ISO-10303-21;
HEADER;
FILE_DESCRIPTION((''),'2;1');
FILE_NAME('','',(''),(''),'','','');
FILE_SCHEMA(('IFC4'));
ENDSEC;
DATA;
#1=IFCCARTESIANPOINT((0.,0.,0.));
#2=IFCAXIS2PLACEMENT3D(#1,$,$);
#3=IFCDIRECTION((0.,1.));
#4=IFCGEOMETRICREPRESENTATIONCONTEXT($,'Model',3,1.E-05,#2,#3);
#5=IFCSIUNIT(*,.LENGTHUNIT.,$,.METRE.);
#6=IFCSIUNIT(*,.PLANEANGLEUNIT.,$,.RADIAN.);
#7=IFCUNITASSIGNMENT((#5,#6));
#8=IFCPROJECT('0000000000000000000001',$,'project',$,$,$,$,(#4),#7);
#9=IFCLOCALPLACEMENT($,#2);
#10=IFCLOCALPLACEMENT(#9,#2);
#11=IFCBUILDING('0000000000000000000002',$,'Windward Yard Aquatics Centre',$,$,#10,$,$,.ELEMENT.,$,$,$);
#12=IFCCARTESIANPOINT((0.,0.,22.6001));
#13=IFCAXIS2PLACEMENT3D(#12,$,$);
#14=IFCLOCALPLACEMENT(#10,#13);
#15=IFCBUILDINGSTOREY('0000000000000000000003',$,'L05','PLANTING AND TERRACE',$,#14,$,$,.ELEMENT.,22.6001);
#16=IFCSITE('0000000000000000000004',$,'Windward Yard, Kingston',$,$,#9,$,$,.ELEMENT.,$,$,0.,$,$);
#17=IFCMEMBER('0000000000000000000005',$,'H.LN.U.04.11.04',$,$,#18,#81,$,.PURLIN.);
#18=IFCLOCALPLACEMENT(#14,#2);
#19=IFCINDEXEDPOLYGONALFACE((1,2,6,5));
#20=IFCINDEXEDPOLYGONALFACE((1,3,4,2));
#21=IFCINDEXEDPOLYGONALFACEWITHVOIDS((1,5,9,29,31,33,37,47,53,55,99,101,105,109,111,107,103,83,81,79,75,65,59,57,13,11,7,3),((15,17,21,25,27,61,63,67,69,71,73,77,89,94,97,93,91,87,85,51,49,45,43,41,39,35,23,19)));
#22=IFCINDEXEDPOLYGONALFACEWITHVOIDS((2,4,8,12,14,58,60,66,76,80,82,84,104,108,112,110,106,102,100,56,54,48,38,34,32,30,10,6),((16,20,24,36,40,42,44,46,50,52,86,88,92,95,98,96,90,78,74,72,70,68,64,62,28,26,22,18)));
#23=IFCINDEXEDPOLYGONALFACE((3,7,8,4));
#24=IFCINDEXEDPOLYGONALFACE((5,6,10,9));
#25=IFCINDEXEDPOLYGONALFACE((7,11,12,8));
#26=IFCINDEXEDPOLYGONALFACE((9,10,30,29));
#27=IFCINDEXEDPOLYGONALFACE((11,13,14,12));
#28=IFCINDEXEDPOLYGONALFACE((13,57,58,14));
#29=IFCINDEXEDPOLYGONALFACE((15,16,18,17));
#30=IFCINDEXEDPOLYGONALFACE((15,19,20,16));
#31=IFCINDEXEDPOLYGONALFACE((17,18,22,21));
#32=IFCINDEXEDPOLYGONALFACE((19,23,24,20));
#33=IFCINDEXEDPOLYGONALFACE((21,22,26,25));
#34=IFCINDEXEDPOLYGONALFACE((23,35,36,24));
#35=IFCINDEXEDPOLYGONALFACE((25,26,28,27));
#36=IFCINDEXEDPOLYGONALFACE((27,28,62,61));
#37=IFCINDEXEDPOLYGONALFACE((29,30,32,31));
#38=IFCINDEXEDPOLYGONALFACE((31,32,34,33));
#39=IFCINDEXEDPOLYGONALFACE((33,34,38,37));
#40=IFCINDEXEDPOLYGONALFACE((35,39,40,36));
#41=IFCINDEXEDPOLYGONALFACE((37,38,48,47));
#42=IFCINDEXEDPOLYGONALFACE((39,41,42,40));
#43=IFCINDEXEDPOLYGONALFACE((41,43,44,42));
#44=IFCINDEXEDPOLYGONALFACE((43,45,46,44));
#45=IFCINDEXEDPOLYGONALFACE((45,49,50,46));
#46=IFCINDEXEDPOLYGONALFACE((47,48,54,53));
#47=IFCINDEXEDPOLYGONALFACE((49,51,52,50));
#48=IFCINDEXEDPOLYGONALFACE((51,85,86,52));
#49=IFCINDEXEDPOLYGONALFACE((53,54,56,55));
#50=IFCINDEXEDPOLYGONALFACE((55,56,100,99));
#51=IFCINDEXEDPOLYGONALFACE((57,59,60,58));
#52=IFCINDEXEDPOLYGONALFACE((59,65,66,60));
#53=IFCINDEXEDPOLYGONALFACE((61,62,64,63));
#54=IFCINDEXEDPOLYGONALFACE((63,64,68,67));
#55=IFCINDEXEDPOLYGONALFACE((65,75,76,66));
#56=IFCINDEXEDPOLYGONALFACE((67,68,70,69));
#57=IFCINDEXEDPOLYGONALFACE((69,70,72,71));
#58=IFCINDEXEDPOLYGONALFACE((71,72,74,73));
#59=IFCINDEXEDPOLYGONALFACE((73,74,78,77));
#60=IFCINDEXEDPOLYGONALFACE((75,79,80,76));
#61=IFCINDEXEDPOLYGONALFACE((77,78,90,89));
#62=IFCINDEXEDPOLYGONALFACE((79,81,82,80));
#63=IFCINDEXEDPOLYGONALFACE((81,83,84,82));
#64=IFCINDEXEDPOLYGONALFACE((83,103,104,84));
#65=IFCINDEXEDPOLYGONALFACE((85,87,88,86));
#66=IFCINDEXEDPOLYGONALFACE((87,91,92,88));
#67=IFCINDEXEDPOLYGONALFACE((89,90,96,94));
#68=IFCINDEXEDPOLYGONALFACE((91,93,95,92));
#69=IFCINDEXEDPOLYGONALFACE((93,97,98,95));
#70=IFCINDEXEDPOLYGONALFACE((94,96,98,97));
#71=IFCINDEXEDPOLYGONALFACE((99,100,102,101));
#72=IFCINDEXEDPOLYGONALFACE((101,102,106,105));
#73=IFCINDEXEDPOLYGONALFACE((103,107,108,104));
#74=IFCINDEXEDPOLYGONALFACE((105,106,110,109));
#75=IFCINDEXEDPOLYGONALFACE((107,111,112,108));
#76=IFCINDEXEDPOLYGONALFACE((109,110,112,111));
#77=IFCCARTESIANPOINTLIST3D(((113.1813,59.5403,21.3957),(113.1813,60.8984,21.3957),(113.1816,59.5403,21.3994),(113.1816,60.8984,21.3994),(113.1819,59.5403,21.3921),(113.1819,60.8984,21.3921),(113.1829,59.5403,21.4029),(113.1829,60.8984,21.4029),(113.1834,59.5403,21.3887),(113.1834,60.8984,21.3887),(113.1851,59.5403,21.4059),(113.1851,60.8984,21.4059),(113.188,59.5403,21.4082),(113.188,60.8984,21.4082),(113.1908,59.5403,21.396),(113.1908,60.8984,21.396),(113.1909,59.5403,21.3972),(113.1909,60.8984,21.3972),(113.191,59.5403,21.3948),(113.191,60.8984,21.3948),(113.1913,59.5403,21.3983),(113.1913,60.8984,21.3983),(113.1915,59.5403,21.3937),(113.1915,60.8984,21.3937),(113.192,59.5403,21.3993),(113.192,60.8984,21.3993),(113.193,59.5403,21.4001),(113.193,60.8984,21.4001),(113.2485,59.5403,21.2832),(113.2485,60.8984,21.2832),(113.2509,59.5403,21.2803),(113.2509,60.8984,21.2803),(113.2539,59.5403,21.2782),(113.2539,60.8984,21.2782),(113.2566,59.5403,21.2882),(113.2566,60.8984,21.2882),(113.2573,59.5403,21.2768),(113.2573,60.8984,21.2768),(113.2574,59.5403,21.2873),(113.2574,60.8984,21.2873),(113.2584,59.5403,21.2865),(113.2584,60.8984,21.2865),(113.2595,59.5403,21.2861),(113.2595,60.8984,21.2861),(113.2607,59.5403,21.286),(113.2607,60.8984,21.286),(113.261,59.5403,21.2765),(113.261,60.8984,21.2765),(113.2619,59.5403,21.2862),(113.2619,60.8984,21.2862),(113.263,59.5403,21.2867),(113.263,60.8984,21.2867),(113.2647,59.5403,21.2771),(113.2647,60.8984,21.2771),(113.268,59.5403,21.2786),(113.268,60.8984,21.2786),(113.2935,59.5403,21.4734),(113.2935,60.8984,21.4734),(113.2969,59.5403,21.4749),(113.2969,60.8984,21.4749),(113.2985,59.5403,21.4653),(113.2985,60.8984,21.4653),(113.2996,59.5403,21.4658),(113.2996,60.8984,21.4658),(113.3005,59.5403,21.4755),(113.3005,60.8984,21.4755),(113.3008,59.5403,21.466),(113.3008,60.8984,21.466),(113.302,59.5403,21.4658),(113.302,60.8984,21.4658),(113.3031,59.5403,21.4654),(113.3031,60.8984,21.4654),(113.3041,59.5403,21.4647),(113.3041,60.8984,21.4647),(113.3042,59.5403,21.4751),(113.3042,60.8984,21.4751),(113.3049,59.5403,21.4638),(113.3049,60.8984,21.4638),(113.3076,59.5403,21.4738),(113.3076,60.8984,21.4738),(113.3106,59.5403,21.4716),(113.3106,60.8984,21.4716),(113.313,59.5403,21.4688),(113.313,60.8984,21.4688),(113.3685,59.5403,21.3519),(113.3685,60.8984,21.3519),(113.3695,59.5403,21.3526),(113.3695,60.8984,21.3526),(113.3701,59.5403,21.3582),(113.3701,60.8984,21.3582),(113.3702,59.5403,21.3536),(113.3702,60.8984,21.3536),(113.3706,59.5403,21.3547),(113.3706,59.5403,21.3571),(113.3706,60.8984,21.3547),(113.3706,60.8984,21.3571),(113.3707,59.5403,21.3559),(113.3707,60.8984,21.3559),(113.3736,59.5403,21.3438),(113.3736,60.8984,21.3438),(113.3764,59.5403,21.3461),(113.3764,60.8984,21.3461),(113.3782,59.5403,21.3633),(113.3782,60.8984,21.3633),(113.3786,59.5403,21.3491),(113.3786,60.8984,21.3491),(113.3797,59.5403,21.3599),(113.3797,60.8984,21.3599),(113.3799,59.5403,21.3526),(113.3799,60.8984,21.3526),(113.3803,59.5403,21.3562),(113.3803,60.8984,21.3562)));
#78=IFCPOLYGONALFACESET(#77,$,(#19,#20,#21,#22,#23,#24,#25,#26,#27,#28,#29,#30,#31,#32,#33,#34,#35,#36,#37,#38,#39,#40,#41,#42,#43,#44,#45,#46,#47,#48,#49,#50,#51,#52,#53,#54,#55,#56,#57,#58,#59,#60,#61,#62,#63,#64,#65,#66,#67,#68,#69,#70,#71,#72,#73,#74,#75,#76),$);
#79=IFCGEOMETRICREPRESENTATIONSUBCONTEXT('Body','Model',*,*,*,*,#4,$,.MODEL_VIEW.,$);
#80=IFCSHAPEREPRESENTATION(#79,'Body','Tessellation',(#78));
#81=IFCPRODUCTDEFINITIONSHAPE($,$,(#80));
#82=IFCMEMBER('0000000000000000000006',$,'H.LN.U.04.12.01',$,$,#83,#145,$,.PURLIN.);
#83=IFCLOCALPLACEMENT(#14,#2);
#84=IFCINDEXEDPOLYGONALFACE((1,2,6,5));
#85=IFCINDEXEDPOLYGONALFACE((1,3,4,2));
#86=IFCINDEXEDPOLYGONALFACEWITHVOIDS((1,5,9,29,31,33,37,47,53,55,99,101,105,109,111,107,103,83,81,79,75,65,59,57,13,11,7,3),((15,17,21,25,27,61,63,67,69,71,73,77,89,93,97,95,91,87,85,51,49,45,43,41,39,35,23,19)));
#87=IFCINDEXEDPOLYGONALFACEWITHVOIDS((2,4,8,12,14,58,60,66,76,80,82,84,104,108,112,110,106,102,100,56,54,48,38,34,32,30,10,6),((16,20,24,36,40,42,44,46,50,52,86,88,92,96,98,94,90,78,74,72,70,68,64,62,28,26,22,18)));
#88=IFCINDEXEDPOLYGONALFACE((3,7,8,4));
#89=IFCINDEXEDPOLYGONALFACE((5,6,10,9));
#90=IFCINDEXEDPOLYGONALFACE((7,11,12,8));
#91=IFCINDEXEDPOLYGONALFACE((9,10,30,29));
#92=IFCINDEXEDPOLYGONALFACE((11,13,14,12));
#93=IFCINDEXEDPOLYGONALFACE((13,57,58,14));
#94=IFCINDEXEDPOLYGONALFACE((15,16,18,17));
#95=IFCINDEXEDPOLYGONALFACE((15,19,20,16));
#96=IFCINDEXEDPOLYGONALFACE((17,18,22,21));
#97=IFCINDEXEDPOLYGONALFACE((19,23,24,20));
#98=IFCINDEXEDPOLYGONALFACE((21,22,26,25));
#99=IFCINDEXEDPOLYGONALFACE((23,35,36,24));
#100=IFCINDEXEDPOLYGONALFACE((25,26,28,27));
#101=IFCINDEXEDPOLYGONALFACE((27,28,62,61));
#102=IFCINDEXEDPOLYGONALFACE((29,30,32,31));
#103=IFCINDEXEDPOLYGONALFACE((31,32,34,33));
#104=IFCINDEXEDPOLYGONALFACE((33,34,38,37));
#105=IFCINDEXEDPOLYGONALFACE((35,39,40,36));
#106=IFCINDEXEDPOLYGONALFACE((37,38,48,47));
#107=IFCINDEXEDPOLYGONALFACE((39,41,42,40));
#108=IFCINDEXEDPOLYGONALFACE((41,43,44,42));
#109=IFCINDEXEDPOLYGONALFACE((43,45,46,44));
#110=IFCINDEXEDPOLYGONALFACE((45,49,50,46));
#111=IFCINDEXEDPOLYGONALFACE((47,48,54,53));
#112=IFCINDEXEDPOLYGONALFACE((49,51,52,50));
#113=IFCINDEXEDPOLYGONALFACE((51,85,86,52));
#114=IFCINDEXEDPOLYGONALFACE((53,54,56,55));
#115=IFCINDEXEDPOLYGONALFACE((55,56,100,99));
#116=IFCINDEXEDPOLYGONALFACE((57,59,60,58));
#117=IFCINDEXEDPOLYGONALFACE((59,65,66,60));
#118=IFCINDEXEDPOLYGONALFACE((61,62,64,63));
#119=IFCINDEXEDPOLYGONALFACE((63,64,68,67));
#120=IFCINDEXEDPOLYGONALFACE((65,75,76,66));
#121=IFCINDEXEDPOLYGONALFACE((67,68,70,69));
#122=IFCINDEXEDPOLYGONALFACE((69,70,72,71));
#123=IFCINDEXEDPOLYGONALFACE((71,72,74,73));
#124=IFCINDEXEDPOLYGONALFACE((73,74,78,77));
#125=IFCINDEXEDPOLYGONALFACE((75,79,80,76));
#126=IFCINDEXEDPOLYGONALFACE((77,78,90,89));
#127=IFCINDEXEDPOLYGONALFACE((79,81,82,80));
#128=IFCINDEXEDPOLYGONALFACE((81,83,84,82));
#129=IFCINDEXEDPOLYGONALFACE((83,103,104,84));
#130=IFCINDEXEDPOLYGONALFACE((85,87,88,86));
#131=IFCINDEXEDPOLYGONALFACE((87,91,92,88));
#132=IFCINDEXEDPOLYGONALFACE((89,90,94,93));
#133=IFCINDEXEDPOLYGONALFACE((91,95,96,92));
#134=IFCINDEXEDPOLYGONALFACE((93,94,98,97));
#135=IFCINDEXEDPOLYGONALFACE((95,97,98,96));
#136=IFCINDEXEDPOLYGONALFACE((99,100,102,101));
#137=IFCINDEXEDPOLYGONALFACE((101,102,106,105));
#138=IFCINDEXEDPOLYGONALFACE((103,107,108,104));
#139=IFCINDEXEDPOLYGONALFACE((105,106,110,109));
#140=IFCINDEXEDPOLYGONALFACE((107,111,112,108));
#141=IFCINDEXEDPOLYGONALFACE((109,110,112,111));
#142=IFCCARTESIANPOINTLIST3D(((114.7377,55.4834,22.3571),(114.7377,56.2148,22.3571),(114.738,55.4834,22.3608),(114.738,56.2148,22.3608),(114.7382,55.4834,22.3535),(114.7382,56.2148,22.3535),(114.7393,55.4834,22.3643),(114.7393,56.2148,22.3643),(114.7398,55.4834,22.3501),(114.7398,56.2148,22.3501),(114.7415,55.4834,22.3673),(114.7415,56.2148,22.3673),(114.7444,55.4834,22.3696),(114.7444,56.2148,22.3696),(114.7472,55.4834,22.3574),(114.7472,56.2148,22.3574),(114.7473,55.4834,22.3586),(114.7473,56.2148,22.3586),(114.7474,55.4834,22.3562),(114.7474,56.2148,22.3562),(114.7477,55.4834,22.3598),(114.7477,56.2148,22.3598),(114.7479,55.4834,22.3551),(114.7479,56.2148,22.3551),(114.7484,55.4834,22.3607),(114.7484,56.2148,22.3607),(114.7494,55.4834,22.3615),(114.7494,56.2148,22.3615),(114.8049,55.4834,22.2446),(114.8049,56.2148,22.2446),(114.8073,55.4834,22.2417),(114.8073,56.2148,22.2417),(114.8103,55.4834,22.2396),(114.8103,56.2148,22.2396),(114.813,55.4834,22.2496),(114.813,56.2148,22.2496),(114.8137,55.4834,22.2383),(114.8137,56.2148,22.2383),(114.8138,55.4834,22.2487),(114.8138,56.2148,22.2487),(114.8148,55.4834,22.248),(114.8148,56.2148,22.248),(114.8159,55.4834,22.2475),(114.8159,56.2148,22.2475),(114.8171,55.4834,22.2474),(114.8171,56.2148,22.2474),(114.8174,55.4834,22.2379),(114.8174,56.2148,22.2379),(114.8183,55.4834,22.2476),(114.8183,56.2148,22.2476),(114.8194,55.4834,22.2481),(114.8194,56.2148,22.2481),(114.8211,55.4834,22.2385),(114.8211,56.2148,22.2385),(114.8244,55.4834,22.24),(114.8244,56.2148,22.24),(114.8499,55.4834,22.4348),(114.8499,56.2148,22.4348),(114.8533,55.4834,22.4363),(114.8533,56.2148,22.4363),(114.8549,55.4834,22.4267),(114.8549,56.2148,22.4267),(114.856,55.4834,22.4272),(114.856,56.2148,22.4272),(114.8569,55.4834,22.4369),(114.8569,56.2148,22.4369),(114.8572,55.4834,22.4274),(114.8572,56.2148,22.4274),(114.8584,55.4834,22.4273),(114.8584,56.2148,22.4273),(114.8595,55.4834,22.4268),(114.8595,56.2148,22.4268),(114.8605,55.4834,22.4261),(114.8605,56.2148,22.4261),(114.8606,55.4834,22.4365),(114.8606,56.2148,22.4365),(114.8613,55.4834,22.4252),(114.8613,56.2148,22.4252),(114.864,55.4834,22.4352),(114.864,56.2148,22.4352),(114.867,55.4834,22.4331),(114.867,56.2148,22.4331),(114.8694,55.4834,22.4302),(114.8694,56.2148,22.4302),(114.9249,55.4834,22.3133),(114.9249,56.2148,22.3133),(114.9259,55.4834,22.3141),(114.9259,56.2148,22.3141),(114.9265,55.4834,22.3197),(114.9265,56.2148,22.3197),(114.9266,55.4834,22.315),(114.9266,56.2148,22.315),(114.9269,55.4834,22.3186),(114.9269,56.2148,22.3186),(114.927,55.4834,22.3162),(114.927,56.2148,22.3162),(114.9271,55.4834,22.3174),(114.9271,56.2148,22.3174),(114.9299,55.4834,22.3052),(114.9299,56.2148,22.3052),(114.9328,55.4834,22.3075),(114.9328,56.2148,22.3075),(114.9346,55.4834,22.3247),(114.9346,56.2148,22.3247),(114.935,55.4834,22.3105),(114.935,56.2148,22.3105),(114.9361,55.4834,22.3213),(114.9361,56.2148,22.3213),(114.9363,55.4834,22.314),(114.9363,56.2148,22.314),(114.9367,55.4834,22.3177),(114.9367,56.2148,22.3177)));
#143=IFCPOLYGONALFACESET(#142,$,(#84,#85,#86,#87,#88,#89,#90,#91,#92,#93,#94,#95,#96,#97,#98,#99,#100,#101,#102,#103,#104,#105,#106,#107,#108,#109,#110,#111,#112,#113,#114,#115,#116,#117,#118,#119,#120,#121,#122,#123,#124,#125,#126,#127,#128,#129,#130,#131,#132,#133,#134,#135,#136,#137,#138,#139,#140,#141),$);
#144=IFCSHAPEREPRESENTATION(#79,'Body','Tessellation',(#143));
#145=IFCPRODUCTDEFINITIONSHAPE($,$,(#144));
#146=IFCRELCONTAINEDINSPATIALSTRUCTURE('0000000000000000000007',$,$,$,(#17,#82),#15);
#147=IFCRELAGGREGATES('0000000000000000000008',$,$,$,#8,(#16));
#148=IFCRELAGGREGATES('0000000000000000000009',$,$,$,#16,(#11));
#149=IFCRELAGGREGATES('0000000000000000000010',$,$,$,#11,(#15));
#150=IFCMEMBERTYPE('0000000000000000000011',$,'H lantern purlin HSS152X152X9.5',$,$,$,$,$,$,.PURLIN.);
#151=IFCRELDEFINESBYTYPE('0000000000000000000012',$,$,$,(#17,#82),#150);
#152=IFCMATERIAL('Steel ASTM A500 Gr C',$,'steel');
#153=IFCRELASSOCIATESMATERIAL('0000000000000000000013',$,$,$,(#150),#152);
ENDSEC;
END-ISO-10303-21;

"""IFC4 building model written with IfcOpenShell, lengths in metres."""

from ifc_helpers import new_model, si_unit, direction, frame, origin, origin_2d, place, context, subcontext, project, spatial, hollow_rectangle, extrude, material, material_profile, profile_set, type_object, element, save


model = new_model("IFC4")

# Units and contexts
model_context = context("Model", 3, precision=1e-05, world=origin(), true_north=direction((0.0, 1.0)))
body_context = subcontext(model_context, "Body", "Model", "MODEL_VIEW")
ifc_project = project(units=[si_unit("LENGTHUNIT", "METRE"), si_unit("PLANEANGLEUNIT", "RADIAN")], contexts=[model_context])

# Site, building, storey
site_placement = place(None, origin())
site = spatial("IfcSite", under=ifc_project, at=site_placement, Name="Windward Yard, Kingston", CompositionType="ELEMENT", RefElevation=0.0)
building_placement = place(site_placement, origin())
building = spatial("IfcBuilding", under=site, at=building_placement, Name="Windward Yard Aquatics Centre", CompositionType="ELEMENT")
storey_placement = place(building_placement, frame((0.0, 0.0, 22.6001)))
storey = spatial("IfcBuildingStorey", under=building, at=storey_placement, Name="L05", Description="PLANTING AND TERRACE", CompositionType="ELEMENT", Elevation=22.6001)

# Members
ifc_material_1 = material(Name="Steel ASTM A500 Gr C", Category="steel")
ifc_material_profile = material_profile(ifc_material_1, hollow_rectangle(XDim=0.1523, YDim=0.1523, WallThickness=0.0095, InnerFilletRadius=0.0046, OuterFilletRadius=0.0142, at=origin_2d()), Name="HSS152X152X9.5")
ifc_profile_set = profile_set([ifc_material_profile], Name="Steel ASTM A500 Gr C")
member_type = type_object("IfcMemberType", Name="H lantern purlin HSS152X152X9.5", PredefinedType="PURLIN", material=ifc_profile_set)
member_1_placement = place(storey_placement, frame((113.2808, 59.5403, 21.376), z_axis=(0.0, 1.0, 0.0), x_axis=(-0.850755, 0.0, -0.525562)))
element("IfcMember", 1, at=member_1_placement, inside=storey, type_object=member_type, Name="H.LN.U.04.11.04", PredefinedType="PURLIN", context=body_context, shape_type="SweptSolid", body=[
    extrude(hollow_rectangle(XDim=0.1523, YDim=0.1523, WallThickness=0.0095, InnerFilletRadius=0.0046, OuterFilletRadius=0.0142, at=origin_2d()), origin(), (0.0, 0.0, 1.0), 1.3582),
])
member_2_placement = place(storey_placement, frame((114.8372, 55.4834, 22.3374), z_axis=(0.0, 1.0, 0.0), x_axis=(-0.850755, 0.0, -0.525562)))
element("IfcMember", 2, at=member_2_placement, inside=storey, type_object=member_type, Name="H.LN.U.04.12.01", PredefinedType="PURLIN", context=body_context, shape_type="SweptSolid", body=[
    extrude(hollow_rectangle(XDim=0.1523, YDim=0.1523, WallThickness=0.0095, InnerFilletRadius=0.0046, OuterFilletRadius=0.0142, at=origin_2d()), origin(), (0.0, 0.0, 1.0), 0.7314),
])

save(model, "model.ifc")
